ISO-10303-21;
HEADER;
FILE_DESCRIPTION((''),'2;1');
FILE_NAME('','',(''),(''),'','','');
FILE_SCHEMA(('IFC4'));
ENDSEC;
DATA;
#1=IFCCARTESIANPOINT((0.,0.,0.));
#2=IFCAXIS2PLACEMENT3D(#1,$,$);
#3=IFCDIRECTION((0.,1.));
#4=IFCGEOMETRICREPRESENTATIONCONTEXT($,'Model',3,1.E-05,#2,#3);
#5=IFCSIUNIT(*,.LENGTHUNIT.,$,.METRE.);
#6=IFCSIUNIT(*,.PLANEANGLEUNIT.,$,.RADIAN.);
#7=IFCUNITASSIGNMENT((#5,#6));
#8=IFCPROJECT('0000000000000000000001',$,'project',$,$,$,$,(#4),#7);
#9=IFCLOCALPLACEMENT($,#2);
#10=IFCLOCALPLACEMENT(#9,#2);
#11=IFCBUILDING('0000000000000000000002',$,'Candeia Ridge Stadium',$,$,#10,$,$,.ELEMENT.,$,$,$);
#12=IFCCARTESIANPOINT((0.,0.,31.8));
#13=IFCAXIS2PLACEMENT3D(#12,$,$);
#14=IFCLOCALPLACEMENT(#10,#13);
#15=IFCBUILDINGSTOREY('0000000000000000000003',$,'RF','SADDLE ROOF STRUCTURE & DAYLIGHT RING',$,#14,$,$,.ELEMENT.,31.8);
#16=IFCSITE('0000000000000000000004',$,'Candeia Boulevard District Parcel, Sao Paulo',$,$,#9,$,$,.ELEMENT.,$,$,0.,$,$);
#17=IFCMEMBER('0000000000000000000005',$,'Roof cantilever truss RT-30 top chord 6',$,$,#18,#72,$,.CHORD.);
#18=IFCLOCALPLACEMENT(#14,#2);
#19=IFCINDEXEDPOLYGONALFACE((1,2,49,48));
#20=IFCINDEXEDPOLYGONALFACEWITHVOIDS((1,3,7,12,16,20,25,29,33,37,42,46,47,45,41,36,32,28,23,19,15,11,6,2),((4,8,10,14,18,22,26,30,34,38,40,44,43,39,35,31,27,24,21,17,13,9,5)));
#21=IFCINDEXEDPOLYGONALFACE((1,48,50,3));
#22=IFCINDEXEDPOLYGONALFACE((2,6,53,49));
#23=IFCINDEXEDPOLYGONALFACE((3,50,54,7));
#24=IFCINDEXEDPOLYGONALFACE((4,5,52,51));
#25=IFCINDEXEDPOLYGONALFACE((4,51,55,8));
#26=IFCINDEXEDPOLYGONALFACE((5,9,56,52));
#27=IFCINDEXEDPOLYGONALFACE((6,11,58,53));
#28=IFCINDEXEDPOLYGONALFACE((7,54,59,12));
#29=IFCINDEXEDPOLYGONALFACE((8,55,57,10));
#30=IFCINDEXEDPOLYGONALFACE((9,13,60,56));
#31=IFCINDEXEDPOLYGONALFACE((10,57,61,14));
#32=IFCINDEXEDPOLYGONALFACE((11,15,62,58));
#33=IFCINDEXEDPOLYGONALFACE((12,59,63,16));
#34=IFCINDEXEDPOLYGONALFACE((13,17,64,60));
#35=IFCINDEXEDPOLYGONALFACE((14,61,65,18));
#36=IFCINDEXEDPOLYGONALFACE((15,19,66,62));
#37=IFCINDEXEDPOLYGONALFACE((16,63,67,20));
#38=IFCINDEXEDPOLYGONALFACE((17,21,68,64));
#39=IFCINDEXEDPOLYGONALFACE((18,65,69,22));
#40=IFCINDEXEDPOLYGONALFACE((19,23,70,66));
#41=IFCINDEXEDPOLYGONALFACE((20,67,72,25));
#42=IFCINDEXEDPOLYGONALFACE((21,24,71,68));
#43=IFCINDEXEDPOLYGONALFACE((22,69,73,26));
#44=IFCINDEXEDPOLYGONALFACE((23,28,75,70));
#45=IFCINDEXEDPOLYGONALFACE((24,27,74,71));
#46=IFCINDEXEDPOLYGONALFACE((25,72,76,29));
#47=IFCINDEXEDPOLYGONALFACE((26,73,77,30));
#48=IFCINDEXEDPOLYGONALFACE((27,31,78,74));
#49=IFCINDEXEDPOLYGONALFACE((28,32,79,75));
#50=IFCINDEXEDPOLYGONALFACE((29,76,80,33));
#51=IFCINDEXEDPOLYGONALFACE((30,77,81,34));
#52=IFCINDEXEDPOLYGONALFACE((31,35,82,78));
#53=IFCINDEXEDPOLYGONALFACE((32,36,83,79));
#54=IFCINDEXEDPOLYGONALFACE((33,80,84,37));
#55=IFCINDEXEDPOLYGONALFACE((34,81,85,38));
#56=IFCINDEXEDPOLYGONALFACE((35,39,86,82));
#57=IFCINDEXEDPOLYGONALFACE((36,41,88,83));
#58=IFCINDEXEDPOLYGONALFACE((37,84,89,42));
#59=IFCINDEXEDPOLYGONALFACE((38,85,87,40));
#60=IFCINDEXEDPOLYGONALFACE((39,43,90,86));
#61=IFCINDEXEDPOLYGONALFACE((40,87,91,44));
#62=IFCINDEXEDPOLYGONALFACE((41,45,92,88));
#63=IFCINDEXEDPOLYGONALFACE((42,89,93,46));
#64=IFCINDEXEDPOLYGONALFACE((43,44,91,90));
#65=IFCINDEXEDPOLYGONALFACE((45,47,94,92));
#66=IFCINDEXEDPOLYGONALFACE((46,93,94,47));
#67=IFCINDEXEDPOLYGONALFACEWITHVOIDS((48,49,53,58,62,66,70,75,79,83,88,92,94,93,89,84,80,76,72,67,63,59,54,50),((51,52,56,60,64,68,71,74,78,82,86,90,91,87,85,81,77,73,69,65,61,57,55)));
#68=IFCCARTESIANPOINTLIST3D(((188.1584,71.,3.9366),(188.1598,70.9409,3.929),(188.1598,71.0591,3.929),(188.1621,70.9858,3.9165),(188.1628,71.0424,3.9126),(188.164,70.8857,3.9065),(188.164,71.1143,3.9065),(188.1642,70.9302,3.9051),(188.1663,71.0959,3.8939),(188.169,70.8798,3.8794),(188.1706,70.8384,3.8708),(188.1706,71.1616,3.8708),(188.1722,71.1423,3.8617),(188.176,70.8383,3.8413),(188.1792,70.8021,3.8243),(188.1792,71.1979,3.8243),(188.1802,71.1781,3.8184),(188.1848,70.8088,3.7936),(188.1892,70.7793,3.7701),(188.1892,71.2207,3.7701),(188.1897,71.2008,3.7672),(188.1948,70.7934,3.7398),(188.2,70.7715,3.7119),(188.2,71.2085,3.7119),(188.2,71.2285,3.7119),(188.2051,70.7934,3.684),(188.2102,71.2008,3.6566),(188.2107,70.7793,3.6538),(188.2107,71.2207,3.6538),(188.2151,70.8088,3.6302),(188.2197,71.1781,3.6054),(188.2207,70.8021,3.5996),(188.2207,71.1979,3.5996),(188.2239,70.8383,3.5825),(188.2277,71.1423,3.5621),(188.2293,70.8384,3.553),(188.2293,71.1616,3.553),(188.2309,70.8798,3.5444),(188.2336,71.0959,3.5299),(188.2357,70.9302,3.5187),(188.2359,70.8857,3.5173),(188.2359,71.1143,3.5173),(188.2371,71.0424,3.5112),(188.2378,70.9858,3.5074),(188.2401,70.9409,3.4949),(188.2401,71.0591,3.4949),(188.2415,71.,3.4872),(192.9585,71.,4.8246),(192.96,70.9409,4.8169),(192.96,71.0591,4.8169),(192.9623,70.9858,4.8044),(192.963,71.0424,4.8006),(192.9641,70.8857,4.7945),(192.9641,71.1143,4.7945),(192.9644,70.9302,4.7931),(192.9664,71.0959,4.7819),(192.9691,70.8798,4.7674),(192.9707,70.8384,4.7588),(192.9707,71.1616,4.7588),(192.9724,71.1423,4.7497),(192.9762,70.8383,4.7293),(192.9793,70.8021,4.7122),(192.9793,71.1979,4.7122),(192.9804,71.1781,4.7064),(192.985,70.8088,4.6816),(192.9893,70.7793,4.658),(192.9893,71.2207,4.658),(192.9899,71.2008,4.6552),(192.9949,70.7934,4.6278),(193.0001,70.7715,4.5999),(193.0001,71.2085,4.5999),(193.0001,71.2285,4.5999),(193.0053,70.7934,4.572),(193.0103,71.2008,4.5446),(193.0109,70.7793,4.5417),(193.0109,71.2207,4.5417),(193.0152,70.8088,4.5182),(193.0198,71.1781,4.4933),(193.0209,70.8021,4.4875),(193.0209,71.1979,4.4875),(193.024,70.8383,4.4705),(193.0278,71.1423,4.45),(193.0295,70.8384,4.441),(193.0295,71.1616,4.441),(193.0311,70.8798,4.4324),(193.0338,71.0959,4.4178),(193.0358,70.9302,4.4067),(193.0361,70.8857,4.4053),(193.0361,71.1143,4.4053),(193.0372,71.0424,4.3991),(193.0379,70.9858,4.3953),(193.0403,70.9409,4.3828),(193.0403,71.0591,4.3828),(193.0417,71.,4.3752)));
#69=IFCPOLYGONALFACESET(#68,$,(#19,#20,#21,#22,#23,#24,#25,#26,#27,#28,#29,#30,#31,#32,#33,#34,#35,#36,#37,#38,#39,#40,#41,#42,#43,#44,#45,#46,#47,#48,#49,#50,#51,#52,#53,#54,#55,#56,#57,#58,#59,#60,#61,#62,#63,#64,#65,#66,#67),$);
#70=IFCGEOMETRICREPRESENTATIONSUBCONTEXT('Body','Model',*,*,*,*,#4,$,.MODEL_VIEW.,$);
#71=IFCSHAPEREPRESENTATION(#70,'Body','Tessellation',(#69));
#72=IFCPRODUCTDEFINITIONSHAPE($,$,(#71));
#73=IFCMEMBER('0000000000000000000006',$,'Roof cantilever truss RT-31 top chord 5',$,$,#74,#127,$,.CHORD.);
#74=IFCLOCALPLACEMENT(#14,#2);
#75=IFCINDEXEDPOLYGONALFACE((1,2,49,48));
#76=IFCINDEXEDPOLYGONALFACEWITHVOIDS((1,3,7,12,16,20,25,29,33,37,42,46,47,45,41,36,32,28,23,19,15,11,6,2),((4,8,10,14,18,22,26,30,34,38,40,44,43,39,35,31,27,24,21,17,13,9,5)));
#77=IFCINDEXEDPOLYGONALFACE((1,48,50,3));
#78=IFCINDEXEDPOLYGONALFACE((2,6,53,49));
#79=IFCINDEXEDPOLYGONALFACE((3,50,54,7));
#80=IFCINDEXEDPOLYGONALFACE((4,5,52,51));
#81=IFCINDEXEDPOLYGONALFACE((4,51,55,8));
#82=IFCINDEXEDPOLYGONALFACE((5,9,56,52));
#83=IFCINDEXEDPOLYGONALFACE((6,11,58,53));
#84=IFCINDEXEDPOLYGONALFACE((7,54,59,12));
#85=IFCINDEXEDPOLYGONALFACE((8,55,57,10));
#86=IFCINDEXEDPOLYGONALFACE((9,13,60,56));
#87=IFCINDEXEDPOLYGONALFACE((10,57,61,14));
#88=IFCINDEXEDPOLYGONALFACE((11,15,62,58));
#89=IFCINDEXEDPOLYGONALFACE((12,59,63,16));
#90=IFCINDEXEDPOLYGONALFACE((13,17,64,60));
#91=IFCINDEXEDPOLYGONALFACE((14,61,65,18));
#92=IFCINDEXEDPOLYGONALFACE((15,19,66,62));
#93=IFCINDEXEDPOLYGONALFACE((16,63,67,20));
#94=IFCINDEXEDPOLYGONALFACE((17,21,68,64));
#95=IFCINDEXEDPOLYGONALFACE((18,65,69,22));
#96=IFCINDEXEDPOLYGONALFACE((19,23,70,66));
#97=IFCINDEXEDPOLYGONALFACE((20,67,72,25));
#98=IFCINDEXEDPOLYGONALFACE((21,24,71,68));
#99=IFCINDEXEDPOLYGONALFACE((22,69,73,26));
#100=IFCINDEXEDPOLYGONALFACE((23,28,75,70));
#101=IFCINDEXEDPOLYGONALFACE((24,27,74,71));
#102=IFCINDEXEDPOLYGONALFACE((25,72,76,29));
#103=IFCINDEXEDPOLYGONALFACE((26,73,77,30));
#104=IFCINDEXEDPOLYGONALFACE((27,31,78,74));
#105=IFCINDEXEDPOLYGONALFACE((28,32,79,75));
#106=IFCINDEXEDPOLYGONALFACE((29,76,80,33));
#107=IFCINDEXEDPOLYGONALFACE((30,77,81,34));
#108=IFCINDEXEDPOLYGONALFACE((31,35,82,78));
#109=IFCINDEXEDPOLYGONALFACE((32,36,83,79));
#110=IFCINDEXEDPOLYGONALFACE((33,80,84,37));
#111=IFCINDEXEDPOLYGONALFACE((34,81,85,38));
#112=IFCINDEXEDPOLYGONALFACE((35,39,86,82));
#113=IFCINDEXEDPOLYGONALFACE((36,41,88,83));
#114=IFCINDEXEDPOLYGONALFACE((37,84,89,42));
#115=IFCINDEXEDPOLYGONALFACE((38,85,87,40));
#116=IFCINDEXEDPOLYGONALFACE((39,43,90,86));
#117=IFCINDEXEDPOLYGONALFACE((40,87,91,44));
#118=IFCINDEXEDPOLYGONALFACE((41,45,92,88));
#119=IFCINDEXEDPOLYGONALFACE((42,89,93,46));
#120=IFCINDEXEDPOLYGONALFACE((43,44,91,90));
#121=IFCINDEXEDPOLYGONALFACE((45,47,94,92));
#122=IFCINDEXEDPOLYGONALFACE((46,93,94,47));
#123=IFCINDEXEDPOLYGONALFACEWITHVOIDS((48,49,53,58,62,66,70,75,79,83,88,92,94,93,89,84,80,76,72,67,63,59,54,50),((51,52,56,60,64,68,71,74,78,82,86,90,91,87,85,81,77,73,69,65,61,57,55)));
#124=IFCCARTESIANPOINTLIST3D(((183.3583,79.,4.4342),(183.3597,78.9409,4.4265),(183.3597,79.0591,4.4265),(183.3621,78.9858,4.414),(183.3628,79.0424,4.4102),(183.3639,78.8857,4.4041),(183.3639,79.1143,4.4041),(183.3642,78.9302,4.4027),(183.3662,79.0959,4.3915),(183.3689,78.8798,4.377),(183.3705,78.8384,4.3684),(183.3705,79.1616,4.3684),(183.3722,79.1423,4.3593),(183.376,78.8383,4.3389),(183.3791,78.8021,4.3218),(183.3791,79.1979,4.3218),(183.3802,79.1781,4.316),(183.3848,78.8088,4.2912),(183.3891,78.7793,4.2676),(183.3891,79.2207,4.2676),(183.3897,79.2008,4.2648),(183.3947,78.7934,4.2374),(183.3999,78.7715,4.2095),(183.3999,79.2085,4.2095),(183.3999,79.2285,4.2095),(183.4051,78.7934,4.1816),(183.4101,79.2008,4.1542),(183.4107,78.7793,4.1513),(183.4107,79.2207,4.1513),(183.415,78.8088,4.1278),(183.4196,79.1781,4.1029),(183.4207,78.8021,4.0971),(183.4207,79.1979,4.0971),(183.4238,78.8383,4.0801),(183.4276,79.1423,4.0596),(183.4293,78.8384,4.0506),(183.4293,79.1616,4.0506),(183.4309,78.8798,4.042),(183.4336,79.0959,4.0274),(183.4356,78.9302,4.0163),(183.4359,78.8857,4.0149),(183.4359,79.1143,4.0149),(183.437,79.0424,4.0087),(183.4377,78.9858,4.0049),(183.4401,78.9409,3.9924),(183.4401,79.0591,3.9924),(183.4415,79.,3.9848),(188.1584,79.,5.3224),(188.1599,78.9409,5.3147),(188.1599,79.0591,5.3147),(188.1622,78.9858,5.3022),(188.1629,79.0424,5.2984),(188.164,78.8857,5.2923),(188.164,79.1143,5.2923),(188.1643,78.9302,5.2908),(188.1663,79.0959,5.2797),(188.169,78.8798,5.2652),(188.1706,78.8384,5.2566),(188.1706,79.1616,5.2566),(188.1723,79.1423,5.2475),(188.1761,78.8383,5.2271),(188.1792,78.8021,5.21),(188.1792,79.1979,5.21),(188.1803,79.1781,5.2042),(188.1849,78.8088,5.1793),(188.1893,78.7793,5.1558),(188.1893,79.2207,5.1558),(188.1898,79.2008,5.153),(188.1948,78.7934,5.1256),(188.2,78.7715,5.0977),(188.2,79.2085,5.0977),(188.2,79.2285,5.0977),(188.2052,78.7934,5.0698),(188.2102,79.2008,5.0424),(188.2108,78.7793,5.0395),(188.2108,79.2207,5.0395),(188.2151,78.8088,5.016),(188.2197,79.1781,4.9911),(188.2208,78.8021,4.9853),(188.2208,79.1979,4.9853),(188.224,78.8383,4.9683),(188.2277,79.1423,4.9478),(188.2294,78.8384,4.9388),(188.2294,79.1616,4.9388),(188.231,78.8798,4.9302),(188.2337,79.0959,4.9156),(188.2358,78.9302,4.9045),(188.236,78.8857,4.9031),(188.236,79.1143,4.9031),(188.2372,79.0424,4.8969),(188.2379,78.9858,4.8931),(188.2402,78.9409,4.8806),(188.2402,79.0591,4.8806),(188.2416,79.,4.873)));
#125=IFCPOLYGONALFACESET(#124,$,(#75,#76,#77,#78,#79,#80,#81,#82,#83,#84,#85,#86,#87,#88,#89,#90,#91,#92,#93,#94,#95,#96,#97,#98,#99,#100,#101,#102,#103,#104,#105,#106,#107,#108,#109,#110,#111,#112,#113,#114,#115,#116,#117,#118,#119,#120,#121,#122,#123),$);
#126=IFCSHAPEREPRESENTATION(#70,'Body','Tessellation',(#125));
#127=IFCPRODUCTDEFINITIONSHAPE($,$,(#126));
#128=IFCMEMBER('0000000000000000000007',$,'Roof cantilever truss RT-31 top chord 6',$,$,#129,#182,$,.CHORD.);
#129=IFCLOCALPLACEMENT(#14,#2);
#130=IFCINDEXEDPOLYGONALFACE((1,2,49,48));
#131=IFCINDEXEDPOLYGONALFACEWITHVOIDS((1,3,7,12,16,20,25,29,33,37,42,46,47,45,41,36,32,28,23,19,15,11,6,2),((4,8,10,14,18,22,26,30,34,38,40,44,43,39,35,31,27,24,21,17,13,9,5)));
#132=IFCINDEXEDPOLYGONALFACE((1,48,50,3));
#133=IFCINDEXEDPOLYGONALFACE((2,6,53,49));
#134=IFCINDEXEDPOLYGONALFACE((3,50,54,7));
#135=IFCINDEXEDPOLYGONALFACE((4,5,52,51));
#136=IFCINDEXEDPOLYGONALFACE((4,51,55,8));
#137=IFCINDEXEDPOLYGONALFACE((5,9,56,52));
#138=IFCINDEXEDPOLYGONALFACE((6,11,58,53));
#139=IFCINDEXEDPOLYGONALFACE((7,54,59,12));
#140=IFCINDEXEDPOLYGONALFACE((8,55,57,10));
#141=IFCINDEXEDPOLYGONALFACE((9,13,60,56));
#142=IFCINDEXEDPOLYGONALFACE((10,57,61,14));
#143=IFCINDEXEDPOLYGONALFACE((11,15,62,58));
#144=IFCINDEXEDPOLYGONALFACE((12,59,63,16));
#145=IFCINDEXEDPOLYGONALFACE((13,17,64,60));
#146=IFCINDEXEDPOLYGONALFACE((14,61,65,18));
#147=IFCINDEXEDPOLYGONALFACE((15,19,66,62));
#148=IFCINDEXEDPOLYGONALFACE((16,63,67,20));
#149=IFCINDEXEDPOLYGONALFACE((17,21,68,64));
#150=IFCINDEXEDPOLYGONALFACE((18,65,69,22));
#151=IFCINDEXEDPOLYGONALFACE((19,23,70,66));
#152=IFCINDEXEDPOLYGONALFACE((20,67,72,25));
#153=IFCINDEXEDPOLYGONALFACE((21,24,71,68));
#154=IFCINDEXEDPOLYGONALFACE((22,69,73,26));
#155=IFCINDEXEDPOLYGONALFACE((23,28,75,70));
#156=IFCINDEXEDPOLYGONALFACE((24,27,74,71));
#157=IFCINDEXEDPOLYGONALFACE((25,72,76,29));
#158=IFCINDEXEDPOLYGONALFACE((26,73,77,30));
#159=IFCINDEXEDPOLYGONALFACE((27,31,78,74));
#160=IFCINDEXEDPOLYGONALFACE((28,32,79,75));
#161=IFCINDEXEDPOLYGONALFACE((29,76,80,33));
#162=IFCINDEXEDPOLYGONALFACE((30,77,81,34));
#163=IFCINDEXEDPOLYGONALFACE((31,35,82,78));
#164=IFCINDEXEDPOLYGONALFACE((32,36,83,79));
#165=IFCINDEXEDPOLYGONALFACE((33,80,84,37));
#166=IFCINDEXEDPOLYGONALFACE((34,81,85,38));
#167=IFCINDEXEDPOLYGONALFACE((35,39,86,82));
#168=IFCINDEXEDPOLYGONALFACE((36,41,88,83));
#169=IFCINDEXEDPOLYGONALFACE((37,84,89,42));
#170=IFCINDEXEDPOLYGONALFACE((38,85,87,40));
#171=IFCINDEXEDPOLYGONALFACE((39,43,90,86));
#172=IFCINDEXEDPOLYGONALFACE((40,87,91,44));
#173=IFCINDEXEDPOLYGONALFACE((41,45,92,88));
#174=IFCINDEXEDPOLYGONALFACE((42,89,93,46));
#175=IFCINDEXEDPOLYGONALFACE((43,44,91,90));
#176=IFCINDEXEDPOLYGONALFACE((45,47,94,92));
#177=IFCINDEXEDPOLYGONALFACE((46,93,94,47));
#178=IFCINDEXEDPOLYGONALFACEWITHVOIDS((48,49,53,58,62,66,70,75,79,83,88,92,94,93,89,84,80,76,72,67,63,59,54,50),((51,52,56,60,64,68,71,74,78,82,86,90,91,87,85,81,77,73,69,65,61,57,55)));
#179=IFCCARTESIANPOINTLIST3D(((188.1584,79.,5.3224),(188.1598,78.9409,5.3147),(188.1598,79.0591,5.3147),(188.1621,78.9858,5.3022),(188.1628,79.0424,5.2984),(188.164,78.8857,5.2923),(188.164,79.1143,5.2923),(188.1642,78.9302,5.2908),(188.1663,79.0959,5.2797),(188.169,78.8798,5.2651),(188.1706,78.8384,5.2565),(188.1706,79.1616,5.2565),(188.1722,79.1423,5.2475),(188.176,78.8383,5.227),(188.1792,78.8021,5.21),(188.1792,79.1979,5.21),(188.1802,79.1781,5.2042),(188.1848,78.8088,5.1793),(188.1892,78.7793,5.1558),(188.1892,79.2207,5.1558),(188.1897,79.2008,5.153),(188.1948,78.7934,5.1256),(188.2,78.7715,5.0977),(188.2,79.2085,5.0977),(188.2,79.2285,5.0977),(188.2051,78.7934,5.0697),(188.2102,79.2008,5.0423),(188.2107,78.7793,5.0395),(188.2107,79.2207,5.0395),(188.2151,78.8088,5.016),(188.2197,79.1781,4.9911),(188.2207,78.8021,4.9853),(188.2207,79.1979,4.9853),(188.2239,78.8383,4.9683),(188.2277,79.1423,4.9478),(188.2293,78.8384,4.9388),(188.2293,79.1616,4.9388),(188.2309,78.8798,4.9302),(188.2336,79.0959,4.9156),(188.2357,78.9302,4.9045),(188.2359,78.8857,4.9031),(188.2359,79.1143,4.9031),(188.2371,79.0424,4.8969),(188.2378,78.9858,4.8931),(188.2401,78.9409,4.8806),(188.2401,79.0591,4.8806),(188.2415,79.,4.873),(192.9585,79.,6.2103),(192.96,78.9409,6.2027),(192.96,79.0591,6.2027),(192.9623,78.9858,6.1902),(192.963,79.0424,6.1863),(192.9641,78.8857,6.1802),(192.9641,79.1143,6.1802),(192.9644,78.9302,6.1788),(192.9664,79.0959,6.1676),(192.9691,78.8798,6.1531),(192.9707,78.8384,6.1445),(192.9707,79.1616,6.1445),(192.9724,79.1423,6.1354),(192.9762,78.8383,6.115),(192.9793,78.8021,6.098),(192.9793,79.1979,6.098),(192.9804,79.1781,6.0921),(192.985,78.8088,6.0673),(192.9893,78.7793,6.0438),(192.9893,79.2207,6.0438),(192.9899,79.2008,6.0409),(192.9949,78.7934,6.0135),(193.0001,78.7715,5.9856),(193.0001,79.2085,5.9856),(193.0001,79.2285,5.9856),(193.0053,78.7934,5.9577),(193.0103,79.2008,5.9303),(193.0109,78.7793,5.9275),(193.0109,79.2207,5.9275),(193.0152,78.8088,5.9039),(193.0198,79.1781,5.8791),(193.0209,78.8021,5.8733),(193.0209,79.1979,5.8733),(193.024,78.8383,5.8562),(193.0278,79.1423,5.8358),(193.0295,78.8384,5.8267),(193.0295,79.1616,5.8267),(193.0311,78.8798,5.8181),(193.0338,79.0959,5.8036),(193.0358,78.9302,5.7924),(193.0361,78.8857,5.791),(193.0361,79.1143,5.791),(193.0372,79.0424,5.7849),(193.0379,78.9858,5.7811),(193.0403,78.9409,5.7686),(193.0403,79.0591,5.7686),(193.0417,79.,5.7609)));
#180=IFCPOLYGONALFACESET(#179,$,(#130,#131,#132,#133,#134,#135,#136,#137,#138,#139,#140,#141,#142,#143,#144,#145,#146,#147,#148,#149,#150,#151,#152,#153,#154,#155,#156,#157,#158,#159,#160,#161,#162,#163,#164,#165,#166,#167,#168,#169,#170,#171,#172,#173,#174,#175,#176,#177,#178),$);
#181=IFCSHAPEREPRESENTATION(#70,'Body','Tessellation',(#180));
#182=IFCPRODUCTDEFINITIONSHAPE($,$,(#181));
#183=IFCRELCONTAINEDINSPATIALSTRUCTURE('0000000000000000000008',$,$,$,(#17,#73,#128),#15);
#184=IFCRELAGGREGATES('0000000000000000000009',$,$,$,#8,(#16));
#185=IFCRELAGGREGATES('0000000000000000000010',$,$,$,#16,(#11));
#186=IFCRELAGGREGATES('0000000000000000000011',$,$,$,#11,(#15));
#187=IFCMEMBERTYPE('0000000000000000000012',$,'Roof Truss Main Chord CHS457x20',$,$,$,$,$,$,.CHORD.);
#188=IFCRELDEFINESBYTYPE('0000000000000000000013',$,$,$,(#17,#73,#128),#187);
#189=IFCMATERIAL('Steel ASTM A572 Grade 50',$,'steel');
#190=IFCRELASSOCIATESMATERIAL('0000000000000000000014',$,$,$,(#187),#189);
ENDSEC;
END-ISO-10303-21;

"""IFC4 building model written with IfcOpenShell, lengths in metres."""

from ifc_helpers import new_model, si_unit, direction, frame, origin, origin_2d, place, context, subcontext, project, spatial, hollow_circle, extrude, material, material_profile, profile_set, type_object, element, save


model = new_model("IFC4")

# Units and contexts
model_context = context("Model", 3, precision=1e-05, world=origin(), true_north=direction((0.0, 1.0)))
body_context = subcontext(model_context, "Body", "Model", "MODEL_VIEW")
ifc_project = project(units=[si_unit("LENGTHUNIT", "METRE"), si_unit("PLANEANGLEUNIT", "RADIAN")], contexts=[model_context])

# Site, building, storey
site_placement = place(None, origin())
site = spatial("IfcSite", under=ifc_project, at=site_placement, Name="Candeia Boulevard District Parcel, Sao Paulo", CompositionType="ELEMENT", RefElevation=0.0)
building_placement = place(site_placement, origin())
building = spatial("IfcBuilding", under=site, at=building_placement, Name="Candeia Ridge Stadium", CompositionType="ELEMENT")
storey_placement = place(building_placement, frame((0.0, 0.0, 31.8)))
storey = spatial("IfcBuildingStorey", under=building, at=storey_placement, Name="RF", Description="SADDLE ROOF STRUCTURE & DAYLIGHT RING", CompositionType="ELEMENT", Elevation=31.8)

# Shared definitions
ifc_material_1 = material(Name="Steel ASTM A572 Grade 50", Category="steel")

# Members
ifc_material_profile_1 = material_profile(ifc_material_1, hollow_circle(Radius=0.2285, WallThickness=0.02, at=origin_2d()), Name="CHS457x20", Category="steel")
ifc_profile_set_1 = profile_set([ifc_material_profile_1], Name="Steel ASTM A572 Grade 50")
member_type_1 = type_object("IfcMemberType", Name="Roof Truss Main Chord CHS457x20", PredefinedType="CHORD", material=ifc_profile_set_1)
for number, where, z_axis, x_axis, name in (
    (1, (188.2, 71.0, 3.7119), (0.983317, 0.0, 0.181899), (0.0, 1.0, 0.0), "Roof cantilever truss RT-30 top chord 6"),
    (2, (183.3999, 79.0, 4.2095), (0.983308, 0.0, 0.181948), (0.0, 1.0, 0.0), "Roof cantilever truss RT-31 top chord 5"),
    (3, (188.2, 79.0, 5.0977), (0.983317, 0.0, 0.181899), (0.0, 1.0, 0.0), "Roof cantilever truss RT-31 top chord 6"),
):
    element("IfcMember", number, at=place(storey_placement, frame(where, z_axis=z_axis, x_axis=x_axis)), inside=storey, type_object=member_type_1, Name=name, PredefinedType="CHORD", context=body_context, shape_type="SweptSolid", body=[
        extrude(hollow_circle(Radius=0.2285, WallThickness=0.02, at=origin_2d()), origin(), (0.0, 0.0, 1.0), 4.8816),
    ])

save(model, "model.ifc")
